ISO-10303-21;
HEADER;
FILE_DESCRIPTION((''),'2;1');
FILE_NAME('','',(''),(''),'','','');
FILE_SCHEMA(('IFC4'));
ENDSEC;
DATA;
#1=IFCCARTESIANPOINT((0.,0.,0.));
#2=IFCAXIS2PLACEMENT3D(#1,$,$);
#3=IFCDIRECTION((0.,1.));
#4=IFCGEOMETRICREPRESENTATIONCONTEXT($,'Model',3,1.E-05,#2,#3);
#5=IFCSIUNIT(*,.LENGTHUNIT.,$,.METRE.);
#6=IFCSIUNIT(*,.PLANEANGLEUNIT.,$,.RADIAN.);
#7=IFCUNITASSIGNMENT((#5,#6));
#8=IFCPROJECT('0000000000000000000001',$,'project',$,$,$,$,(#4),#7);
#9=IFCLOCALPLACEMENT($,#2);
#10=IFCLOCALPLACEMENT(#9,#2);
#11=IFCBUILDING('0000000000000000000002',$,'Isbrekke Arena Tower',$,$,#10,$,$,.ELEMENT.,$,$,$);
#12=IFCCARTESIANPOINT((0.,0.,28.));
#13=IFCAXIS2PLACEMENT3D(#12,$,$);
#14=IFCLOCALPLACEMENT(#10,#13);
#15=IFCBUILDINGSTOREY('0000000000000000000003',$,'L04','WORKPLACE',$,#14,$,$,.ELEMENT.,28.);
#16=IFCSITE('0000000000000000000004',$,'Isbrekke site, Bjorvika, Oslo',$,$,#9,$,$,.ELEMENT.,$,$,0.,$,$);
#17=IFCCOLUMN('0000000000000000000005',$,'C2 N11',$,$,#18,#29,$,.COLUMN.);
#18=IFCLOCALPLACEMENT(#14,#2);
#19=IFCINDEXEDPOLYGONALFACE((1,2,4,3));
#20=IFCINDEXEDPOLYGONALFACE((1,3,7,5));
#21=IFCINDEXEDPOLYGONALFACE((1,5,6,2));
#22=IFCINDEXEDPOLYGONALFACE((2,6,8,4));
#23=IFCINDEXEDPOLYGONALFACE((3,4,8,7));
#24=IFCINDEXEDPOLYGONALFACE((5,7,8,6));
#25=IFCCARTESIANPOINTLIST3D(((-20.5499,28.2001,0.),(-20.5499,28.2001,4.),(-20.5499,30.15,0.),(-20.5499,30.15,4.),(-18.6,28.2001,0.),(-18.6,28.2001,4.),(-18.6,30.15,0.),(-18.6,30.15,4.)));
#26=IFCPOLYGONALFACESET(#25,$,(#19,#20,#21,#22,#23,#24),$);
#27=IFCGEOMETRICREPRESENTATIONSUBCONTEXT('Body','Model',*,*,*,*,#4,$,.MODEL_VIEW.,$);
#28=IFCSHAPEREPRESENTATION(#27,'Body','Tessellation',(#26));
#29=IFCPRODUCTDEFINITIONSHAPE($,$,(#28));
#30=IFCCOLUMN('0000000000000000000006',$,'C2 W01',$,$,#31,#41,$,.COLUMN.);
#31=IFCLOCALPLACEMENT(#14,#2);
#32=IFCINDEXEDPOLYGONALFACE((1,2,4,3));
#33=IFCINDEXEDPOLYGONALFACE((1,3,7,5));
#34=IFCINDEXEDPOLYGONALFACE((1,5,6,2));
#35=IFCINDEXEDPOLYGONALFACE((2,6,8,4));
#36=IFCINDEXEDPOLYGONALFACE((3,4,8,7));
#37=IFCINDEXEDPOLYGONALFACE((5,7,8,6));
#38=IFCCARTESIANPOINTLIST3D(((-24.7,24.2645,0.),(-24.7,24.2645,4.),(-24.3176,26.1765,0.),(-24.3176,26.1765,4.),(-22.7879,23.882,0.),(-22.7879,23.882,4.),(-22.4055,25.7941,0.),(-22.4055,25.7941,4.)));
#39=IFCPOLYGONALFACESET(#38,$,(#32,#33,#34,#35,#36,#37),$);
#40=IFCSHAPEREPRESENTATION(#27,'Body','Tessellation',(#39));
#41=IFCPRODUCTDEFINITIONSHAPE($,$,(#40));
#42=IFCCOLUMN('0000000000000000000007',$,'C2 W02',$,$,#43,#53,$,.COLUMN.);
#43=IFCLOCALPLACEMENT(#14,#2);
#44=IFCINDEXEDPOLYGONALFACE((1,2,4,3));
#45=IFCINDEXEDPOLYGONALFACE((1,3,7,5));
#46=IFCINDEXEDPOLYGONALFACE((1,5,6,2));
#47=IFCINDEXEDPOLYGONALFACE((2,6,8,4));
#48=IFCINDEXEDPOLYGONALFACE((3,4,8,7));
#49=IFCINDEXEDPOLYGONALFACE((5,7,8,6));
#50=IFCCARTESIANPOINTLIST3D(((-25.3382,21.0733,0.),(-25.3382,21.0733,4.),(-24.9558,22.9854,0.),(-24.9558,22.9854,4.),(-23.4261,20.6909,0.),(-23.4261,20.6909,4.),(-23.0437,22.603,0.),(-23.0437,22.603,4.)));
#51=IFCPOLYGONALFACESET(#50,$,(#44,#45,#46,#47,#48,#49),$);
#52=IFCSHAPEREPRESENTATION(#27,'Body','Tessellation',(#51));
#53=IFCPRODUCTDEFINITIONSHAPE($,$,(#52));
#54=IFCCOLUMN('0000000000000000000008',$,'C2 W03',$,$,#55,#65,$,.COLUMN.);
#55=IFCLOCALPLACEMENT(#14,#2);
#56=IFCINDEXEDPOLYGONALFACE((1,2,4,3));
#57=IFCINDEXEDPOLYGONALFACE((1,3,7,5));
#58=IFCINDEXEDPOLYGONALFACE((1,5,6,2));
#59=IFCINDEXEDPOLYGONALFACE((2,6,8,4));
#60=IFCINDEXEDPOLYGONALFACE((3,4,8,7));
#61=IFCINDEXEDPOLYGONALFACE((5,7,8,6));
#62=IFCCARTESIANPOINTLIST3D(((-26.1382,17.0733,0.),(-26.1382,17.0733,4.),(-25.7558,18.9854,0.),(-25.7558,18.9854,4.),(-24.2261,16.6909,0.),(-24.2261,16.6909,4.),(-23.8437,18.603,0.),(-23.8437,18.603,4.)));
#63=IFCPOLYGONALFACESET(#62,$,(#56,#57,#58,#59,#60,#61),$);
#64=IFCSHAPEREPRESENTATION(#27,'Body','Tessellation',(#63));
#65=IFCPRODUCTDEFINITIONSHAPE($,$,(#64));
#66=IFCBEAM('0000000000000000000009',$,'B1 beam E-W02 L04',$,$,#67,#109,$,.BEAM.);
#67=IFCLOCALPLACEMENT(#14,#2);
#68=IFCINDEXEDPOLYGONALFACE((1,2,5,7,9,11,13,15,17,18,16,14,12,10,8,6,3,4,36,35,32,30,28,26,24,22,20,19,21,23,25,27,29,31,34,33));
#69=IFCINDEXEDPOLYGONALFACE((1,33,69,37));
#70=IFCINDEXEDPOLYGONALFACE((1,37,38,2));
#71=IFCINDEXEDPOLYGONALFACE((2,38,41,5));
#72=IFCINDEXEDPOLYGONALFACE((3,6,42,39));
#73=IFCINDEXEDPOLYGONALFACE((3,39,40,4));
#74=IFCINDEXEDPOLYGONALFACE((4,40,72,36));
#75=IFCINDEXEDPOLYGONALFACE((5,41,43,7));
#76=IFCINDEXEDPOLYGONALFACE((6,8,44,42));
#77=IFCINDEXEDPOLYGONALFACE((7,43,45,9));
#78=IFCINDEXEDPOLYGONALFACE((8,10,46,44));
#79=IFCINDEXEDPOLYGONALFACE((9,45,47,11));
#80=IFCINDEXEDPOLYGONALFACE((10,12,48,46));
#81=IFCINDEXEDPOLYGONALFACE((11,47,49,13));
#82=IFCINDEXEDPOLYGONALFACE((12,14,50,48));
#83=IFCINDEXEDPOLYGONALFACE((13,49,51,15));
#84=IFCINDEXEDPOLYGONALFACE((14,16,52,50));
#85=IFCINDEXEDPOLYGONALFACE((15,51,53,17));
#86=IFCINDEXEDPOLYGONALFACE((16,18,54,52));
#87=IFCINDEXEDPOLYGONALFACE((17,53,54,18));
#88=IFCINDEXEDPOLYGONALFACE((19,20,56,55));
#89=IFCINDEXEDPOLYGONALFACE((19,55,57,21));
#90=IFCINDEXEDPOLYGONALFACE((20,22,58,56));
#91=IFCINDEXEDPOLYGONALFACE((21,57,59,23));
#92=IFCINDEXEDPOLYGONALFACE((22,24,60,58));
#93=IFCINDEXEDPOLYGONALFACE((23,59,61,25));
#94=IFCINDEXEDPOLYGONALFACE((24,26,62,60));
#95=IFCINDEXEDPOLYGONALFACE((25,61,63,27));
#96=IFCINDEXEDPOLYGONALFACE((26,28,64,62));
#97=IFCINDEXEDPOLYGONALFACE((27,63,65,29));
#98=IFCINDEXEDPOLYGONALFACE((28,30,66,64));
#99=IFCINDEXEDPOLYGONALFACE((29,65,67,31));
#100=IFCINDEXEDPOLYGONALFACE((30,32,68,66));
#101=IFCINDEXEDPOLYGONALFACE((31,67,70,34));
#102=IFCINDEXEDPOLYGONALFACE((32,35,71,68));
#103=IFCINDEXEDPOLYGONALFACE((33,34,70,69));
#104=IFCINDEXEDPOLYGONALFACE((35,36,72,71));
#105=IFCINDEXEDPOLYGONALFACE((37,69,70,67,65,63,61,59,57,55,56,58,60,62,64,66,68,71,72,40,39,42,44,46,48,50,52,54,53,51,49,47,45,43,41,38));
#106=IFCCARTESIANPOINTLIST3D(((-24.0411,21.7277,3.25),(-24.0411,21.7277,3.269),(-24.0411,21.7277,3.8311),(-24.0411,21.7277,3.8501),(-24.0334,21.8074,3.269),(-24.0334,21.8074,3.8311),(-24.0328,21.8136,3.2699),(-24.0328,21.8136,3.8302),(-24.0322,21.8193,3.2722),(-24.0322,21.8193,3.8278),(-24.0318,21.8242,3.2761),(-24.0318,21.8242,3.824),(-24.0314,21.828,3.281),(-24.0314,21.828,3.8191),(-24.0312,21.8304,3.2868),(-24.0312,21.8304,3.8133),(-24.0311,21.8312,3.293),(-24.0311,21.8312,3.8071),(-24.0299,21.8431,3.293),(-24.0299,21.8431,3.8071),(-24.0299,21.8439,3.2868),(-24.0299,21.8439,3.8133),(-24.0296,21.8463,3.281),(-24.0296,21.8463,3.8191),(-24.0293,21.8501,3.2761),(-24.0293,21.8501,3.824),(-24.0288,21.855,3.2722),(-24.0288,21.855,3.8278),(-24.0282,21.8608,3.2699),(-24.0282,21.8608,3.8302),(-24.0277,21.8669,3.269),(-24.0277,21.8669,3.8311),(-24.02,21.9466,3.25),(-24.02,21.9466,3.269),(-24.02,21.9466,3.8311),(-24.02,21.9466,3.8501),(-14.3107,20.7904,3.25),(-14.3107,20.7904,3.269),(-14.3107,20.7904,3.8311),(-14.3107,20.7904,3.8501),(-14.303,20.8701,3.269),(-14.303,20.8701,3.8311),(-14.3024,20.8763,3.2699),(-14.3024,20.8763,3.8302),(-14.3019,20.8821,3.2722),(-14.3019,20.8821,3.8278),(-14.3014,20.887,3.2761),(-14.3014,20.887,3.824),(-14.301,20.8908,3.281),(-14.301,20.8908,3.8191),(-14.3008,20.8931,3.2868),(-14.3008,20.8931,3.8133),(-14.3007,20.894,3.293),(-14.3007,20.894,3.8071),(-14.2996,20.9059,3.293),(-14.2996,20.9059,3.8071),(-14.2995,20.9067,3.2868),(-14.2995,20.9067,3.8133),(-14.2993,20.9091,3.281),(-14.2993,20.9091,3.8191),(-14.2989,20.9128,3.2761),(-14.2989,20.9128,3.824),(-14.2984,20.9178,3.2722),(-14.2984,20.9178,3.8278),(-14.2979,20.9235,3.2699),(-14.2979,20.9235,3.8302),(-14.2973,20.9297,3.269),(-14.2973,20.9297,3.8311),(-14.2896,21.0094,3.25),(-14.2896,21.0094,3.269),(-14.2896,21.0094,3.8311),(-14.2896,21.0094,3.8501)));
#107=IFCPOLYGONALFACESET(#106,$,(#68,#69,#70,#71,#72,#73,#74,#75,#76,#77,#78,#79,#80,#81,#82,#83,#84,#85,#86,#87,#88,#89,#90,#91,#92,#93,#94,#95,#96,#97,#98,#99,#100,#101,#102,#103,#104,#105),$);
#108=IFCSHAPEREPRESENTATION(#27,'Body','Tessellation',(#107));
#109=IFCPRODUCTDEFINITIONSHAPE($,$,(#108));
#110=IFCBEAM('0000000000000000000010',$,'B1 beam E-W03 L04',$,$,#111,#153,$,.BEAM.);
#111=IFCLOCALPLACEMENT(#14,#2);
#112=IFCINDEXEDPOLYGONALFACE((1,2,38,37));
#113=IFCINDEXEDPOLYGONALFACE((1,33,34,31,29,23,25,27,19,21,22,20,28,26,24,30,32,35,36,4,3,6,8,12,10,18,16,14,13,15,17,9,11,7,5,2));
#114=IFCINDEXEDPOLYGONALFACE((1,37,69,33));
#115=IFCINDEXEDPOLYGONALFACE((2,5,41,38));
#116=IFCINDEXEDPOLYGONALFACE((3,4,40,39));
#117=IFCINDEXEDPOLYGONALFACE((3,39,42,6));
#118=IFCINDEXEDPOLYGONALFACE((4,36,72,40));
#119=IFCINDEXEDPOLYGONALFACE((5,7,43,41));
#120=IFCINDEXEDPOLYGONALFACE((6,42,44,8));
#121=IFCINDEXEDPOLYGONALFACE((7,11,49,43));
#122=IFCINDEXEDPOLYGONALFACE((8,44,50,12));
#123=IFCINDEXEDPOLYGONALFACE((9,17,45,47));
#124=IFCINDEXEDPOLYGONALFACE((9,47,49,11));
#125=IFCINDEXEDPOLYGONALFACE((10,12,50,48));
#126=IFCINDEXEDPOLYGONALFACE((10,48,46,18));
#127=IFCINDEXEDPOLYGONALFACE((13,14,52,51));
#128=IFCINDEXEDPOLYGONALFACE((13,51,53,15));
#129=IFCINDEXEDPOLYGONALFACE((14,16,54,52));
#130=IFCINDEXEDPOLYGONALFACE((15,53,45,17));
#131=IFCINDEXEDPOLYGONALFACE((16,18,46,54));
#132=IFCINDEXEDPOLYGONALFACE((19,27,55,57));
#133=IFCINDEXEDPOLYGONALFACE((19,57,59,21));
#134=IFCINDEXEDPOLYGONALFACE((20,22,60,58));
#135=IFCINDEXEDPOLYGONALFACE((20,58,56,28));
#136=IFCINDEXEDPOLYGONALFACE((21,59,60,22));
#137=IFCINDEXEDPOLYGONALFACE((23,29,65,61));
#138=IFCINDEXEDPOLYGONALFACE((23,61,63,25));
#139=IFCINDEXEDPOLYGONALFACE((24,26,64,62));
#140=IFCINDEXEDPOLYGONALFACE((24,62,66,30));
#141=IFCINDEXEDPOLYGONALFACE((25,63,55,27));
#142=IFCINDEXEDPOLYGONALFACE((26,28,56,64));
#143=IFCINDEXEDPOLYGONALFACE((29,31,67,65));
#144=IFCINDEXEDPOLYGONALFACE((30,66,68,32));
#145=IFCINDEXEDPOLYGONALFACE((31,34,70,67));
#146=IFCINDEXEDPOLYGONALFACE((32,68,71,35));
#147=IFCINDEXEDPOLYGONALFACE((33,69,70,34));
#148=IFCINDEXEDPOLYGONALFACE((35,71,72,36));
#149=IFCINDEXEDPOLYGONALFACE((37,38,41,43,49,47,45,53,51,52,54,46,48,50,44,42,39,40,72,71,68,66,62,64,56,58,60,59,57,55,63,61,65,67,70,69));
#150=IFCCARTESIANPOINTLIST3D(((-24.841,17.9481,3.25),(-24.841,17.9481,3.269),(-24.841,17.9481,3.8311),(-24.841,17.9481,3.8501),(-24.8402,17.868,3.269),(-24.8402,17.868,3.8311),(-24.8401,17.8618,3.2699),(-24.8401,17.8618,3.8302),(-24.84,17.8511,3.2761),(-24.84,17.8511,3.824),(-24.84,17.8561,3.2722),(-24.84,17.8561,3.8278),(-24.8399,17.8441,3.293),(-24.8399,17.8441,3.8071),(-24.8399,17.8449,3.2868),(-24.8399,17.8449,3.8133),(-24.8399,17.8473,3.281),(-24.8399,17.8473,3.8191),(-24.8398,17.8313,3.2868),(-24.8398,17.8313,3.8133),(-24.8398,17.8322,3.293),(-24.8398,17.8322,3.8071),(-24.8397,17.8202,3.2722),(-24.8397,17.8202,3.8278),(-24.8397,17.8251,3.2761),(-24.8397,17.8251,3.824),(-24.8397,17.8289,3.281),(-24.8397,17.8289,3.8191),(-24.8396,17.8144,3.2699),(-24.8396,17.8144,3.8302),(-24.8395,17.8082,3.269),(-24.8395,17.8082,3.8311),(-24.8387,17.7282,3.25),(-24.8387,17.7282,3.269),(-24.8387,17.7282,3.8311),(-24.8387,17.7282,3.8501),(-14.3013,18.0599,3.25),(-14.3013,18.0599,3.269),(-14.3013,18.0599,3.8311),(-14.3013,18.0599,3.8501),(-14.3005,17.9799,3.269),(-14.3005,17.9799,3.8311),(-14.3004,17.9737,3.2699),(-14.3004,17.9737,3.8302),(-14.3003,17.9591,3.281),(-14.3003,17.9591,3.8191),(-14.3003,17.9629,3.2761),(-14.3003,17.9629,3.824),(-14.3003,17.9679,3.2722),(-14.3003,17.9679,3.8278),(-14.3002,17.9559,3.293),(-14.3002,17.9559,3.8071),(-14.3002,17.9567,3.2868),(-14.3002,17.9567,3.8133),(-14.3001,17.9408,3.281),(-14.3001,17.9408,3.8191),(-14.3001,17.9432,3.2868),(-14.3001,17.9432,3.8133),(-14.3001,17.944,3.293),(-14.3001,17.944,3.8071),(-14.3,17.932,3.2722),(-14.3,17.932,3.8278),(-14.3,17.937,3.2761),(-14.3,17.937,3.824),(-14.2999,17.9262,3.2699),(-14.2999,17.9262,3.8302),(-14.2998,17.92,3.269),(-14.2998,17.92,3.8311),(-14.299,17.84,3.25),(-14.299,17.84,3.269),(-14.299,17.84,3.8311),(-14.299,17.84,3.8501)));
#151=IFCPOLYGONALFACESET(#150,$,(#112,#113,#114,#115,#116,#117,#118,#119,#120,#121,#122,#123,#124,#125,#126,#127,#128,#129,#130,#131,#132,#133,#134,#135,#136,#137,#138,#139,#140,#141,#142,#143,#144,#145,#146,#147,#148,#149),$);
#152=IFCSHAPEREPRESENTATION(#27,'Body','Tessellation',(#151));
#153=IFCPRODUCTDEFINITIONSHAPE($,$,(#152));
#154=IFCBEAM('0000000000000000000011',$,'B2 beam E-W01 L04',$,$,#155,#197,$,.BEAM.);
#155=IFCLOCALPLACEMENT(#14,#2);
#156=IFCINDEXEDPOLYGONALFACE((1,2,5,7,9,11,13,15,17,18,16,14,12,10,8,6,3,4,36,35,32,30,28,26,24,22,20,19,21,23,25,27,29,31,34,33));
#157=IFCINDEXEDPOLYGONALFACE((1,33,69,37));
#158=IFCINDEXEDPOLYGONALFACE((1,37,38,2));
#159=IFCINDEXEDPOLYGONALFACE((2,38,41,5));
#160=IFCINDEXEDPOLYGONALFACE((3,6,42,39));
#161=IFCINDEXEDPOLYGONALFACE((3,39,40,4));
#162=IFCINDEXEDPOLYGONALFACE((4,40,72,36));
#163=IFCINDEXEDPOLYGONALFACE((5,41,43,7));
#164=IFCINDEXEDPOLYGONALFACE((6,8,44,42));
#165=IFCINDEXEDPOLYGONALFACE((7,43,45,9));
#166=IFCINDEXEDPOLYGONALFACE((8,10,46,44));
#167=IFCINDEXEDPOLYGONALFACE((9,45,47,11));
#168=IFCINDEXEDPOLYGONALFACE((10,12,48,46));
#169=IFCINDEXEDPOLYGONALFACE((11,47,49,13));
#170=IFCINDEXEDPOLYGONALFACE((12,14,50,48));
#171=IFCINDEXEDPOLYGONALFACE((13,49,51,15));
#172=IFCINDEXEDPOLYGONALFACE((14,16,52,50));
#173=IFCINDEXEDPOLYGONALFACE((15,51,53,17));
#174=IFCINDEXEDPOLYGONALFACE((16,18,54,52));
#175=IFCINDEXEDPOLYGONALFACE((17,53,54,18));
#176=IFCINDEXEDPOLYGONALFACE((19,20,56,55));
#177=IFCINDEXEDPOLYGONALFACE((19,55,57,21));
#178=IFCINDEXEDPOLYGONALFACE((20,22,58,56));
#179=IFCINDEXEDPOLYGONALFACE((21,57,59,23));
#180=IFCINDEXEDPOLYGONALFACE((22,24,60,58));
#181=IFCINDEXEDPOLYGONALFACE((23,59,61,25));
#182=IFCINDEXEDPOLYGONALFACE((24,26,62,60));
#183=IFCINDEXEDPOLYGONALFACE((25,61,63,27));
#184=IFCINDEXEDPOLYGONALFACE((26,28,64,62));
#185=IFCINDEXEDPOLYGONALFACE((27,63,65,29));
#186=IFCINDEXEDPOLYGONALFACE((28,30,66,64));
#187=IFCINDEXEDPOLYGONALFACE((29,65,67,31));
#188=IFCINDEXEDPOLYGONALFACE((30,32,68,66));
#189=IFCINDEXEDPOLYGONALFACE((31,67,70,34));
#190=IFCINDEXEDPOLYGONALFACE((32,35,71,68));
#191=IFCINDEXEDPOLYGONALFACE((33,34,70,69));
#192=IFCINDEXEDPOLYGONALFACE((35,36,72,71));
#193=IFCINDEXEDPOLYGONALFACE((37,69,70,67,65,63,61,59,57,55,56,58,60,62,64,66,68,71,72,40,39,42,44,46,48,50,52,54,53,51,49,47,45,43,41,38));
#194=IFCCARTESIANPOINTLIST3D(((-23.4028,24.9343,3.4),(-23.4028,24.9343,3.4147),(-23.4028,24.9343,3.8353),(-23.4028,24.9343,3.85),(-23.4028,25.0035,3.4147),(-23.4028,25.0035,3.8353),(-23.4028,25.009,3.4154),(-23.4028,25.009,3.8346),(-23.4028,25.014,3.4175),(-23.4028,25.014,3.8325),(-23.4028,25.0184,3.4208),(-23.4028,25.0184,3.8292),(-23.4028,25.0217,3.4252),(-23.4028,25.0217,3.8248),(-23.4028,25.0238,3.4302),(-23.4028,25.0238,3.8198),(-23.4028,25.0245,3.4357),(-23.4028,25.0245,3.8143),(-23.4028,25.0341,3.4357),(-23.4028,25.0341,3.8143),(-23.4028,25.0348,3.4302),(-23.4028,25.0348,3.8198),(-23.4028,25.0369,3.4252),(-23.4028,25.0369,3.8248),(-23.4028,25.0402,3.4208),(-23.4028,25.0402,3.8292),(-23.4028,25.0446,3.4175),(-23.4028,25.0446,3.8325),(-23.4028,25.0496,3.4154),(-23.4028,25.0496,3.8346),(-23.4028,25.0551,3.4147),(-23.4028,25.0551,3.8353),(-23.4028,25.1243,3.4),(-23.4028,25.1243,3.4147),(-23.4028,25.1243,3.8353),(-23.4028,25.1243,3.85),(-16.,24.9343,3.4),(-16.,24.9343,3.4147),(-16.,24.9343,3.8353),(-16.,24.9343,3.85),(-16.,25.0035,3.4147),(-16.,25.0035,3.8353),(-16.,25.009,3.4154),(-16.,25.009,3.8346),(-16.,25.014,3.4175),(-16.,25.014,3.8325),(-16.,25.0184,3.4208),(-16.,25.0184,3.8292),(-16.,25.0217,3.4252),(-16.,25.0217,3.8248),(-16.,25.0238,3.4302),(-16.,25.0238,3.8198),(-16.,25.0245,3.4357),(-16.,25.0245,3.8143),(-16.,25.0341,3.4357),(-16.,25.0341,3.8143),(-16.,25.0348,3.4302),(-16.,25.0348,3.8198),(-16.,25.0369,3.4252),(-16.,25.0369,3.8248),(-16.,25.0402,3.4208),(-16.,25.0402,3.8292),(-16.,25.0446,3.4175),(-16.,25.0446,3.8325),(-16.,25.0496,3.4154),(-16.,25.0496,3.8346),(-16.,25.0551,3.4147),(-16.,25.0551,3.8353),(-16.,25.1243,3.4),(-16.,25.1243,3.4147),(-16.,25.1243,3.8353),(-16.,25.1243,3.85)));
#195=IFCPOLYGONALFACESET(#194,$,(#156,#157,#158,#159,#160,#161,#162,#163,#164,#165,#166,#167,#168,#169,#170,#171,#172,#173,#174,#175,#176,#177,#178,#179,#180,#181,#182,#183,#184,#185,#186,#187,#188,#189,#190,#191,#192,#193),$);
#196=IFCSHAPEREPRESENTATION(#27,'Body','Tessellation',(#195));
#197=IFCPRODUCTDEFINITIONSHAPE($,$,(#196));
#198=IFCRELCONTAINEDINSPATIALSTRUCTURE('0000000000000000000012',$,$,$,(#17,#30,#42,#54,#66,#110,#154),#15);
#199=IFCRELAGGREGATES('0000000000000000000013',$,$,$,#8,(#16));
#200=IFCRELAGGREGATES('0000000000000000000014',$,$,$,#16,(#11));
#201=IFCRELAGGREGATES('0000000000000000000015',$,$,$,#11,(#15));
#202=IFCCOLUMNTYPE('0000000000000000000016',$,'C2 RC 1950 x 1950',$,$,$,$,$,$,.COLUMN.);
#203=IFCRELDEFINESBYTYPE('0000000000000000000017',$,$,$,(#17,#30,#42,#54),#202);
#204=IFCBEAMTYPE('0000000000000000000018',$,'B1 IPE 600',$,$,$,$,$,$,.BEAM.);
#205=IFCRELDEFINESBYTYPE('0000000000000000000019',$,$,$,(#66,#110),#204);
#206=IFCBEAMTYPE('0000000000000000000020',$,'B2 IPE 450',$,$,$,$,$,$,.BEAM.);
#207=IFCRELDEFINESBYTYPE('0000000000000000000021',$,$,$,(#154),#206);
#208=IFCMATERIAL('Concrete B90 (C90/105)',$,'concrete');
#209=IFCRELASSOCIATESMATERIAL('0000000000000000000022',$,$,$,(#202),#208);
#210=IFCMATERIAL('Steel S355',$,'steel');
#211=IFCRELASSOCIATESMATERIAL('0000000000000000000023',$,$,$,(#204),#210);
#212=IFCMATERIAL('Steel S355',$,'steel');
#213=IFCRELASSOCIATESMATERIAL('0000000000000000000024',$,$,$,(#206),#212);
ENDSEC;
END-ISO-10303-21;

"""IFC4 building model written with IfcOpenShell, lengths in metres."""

from ifc_helpers import new_model, si_unit, direction, frame, origin, origin_2d, place, context, subcontext, project, spatial, rectangle, i_section, extrude, material, material_profile, profile_set, type_object, element, save


model = new_model("IFC4")

# Units and contexts
model_context = context("Model", 3, precision=1e-05, world=origin(), true_north=direction((0.0, 1.0)))
body_context = subcontext(model_context, "Body", "Model", "MODEL_VIEW")
ifc_project = project(units=[si_unit("LENGTHUNIT", "METRE"), si_unit("PLANEANGLEUNIT", "RADIAN")], contexts=[model_context])

# Site, building, storey
site_placement = place(None, origin())
site = spatial("IfcSite", under=ifc_project, at=site_placement, Name="Isbrekke site, Bjorvika, Oslo", CompositionType="ELEMENT", RefElevation=0.0)
building_placement = place(site_placement, origin())
building = spatial("IfcBuilding", under=site, at=building_placement, Name="Isbrekke Arena Tower", CompositionType="ELEMENT")
storey_placement = place(building_placement, frame((0.0, 0.0, 28.0)))
storey = spatial("IfcBuildingStorey", under=building, at=storey_placement, Name="L04", Description="WORKPLACE", CompositionType="ELEMENT", Elevation=28.0)

# Columns
ifc_material_1 = material(Name="Concrete B90 (C90/105)", Category="concrete")
ifc_material_profile_1 = material_profile(ifc_material_1, rectangle(XDim=1.95, YDim=1.95, at=origin_2d()), Name="RC 1950x1950")
ifc_profile_set_1 = profile_set([ifc_material_profile_1], Name="Concrete B90 (C90/105)")
column_type = type_object("IfcColumnType", Name="C2 RC 1950 x 1950", PredefinedType="COLUMN", material=ifc_profile_set_1)
for number, where, z_axis, x_axis, name in (
    (1, (-19.575, 29.175, 0.0), (0.0, 0.0, 1.0), (-1.0, 0.0, 0.0), "C2 N11"),
    (2, (-23.5527, 25.0293, 0.0), (0.0, 0.0, 1.0), (-0.196116, -0.980581, 0.0), "C2 W01"),
    (3, (-24.1909, 21.8381, 0.0), (0.0, 0.0, 1.0), (-0.196116, -0.980581, 0.0), "C2 W02"),
    (4, (-24.991, 17.8381, 0.0), (0.0, 0.0, 1.0), (-0.196116, -0.980581, 0.0), "C2 W03"),
):
    element("IfcColumn", number, at=place(storey_placement, frame(where, z_axis=z_axis, x_axis=x_axis)), inside=storey, type_object=column_type, Name=name, PredefinedType="COLUMN", context=body_context, shape_type="SweptSolid", body=[
        extrude(rectangle(XDim=1.95, YDim=1.95, at=origin_2d()), origin(), (0.0, 0.0, 1.0), 4.0),
    ])

# Beams
ifc_material_2 = material(Name="Steel S355", Category="steel")
ifc_material_profile_2 = material_profile(ifc_material_2, i_section(OverallWidth=0.22, OverallDepth=0.6001, WebThickness=0.012, FlangeThickness=0.019, FilletRadius=0.0239, at=origin_2d()), Name="IPE 600")
ifc_profile_set_2 = profile_set([ifc_material_profile_2], Name="Steel S355")
beam_type_1 = type_object("IfcBeamType", Name="B1 IPE 600", PredefinedType="BEAM", material=ifc_profile_set_2)
beam_1_placement = place(storey_placement, frame((-24.0305, 21.8372, 3.55), z_axis=(0.995393, -0.095878, 0.0), x_axis=(0.095878, 0.995393, 0.0)))
element("IfcBeam", 5, at=beam_1_placement, inside=storey, type_object=beam_type_1, Name="B1 beam E-W02 L04", PredefinedType="BEAM", context=body_context, shape_type="SweptSolid", body=[
    extrude(i_section(OverallWidth=0.22, OverallDepth=0.6001, WebThickness=0.012, FlangeThickness=0.019, FilletRadius=0.0239, at=origin_2d()), origin(), (0.0, 0.0, 1.0), 9.7754),
])
beam_2_placement = place(storey_placement, frame((-24.8398, 17.8381, 3.55), z_axis=(0.999944, 0.010608, 0.0), x_axis=(-0.010608, 0.999944, 0.0)))
element("IfcBeam", 6, at=beam_2_placement, inside=storey, type_object=beam_type_1, Name="B1 beam E-W03 L04", PredefinedType="BEAM", context=body_context, shape_type="SweptSolid", body=[
    extrude(i_section(OverallWidth=0.22, OverallDepth=0.6001, WebThickness=0.012, FlangeThickness=0.019, FilletRadius=0.0239, at=origin_2d()), origin(), (0.0, 0.0, 1.0), 10.5403),
])
ifc_material_3 = material(Name="Steel S355", Category="steel")
ifc_material_profile_3 = material_profile(ifc_material_3, i_section(OverallWidth=0.1899, OverallDepth=0.45, WebThickness=0.0095, FlangeThickness=0.0146, FilletRadius=0.021, at=origin_2d()), Name="IPE 450")
ifc_profile_set_3 = profile_set([ifc_material_profile_3], Name="Steel S355")
beam_type_2 = type_object("IfcBeamType", Name="B2 IPE 450", PredefinedType="BEAM", material=ifc_profile_set_3)
beam_3_placement = place(storey_placement, frame((-23.4028, 25.0293, 3.625), z_axis=(1.0, 0.0, 0.0), x_axis=(0.0, 1.0, 0.0)))
element("IfcBeam", 7, at=beam_3_placement, inside=storey, type_object=beam_type_2, Name="B2 beam E-W01 L04", PredefinedType="BEAM", context=body_context, shape_type="SweptSolid", body=[
    extrude(i_section(OverallWidth=0.1899, OverallDepth=0.45, WebThickness=0.0095, FlangeThickness=0.0146, FilletRadius=0.021, at=origin_2d()), origin(), (0.0, 0.0, 1.0), 7.4028),
])

save(model, "model.ifc")
